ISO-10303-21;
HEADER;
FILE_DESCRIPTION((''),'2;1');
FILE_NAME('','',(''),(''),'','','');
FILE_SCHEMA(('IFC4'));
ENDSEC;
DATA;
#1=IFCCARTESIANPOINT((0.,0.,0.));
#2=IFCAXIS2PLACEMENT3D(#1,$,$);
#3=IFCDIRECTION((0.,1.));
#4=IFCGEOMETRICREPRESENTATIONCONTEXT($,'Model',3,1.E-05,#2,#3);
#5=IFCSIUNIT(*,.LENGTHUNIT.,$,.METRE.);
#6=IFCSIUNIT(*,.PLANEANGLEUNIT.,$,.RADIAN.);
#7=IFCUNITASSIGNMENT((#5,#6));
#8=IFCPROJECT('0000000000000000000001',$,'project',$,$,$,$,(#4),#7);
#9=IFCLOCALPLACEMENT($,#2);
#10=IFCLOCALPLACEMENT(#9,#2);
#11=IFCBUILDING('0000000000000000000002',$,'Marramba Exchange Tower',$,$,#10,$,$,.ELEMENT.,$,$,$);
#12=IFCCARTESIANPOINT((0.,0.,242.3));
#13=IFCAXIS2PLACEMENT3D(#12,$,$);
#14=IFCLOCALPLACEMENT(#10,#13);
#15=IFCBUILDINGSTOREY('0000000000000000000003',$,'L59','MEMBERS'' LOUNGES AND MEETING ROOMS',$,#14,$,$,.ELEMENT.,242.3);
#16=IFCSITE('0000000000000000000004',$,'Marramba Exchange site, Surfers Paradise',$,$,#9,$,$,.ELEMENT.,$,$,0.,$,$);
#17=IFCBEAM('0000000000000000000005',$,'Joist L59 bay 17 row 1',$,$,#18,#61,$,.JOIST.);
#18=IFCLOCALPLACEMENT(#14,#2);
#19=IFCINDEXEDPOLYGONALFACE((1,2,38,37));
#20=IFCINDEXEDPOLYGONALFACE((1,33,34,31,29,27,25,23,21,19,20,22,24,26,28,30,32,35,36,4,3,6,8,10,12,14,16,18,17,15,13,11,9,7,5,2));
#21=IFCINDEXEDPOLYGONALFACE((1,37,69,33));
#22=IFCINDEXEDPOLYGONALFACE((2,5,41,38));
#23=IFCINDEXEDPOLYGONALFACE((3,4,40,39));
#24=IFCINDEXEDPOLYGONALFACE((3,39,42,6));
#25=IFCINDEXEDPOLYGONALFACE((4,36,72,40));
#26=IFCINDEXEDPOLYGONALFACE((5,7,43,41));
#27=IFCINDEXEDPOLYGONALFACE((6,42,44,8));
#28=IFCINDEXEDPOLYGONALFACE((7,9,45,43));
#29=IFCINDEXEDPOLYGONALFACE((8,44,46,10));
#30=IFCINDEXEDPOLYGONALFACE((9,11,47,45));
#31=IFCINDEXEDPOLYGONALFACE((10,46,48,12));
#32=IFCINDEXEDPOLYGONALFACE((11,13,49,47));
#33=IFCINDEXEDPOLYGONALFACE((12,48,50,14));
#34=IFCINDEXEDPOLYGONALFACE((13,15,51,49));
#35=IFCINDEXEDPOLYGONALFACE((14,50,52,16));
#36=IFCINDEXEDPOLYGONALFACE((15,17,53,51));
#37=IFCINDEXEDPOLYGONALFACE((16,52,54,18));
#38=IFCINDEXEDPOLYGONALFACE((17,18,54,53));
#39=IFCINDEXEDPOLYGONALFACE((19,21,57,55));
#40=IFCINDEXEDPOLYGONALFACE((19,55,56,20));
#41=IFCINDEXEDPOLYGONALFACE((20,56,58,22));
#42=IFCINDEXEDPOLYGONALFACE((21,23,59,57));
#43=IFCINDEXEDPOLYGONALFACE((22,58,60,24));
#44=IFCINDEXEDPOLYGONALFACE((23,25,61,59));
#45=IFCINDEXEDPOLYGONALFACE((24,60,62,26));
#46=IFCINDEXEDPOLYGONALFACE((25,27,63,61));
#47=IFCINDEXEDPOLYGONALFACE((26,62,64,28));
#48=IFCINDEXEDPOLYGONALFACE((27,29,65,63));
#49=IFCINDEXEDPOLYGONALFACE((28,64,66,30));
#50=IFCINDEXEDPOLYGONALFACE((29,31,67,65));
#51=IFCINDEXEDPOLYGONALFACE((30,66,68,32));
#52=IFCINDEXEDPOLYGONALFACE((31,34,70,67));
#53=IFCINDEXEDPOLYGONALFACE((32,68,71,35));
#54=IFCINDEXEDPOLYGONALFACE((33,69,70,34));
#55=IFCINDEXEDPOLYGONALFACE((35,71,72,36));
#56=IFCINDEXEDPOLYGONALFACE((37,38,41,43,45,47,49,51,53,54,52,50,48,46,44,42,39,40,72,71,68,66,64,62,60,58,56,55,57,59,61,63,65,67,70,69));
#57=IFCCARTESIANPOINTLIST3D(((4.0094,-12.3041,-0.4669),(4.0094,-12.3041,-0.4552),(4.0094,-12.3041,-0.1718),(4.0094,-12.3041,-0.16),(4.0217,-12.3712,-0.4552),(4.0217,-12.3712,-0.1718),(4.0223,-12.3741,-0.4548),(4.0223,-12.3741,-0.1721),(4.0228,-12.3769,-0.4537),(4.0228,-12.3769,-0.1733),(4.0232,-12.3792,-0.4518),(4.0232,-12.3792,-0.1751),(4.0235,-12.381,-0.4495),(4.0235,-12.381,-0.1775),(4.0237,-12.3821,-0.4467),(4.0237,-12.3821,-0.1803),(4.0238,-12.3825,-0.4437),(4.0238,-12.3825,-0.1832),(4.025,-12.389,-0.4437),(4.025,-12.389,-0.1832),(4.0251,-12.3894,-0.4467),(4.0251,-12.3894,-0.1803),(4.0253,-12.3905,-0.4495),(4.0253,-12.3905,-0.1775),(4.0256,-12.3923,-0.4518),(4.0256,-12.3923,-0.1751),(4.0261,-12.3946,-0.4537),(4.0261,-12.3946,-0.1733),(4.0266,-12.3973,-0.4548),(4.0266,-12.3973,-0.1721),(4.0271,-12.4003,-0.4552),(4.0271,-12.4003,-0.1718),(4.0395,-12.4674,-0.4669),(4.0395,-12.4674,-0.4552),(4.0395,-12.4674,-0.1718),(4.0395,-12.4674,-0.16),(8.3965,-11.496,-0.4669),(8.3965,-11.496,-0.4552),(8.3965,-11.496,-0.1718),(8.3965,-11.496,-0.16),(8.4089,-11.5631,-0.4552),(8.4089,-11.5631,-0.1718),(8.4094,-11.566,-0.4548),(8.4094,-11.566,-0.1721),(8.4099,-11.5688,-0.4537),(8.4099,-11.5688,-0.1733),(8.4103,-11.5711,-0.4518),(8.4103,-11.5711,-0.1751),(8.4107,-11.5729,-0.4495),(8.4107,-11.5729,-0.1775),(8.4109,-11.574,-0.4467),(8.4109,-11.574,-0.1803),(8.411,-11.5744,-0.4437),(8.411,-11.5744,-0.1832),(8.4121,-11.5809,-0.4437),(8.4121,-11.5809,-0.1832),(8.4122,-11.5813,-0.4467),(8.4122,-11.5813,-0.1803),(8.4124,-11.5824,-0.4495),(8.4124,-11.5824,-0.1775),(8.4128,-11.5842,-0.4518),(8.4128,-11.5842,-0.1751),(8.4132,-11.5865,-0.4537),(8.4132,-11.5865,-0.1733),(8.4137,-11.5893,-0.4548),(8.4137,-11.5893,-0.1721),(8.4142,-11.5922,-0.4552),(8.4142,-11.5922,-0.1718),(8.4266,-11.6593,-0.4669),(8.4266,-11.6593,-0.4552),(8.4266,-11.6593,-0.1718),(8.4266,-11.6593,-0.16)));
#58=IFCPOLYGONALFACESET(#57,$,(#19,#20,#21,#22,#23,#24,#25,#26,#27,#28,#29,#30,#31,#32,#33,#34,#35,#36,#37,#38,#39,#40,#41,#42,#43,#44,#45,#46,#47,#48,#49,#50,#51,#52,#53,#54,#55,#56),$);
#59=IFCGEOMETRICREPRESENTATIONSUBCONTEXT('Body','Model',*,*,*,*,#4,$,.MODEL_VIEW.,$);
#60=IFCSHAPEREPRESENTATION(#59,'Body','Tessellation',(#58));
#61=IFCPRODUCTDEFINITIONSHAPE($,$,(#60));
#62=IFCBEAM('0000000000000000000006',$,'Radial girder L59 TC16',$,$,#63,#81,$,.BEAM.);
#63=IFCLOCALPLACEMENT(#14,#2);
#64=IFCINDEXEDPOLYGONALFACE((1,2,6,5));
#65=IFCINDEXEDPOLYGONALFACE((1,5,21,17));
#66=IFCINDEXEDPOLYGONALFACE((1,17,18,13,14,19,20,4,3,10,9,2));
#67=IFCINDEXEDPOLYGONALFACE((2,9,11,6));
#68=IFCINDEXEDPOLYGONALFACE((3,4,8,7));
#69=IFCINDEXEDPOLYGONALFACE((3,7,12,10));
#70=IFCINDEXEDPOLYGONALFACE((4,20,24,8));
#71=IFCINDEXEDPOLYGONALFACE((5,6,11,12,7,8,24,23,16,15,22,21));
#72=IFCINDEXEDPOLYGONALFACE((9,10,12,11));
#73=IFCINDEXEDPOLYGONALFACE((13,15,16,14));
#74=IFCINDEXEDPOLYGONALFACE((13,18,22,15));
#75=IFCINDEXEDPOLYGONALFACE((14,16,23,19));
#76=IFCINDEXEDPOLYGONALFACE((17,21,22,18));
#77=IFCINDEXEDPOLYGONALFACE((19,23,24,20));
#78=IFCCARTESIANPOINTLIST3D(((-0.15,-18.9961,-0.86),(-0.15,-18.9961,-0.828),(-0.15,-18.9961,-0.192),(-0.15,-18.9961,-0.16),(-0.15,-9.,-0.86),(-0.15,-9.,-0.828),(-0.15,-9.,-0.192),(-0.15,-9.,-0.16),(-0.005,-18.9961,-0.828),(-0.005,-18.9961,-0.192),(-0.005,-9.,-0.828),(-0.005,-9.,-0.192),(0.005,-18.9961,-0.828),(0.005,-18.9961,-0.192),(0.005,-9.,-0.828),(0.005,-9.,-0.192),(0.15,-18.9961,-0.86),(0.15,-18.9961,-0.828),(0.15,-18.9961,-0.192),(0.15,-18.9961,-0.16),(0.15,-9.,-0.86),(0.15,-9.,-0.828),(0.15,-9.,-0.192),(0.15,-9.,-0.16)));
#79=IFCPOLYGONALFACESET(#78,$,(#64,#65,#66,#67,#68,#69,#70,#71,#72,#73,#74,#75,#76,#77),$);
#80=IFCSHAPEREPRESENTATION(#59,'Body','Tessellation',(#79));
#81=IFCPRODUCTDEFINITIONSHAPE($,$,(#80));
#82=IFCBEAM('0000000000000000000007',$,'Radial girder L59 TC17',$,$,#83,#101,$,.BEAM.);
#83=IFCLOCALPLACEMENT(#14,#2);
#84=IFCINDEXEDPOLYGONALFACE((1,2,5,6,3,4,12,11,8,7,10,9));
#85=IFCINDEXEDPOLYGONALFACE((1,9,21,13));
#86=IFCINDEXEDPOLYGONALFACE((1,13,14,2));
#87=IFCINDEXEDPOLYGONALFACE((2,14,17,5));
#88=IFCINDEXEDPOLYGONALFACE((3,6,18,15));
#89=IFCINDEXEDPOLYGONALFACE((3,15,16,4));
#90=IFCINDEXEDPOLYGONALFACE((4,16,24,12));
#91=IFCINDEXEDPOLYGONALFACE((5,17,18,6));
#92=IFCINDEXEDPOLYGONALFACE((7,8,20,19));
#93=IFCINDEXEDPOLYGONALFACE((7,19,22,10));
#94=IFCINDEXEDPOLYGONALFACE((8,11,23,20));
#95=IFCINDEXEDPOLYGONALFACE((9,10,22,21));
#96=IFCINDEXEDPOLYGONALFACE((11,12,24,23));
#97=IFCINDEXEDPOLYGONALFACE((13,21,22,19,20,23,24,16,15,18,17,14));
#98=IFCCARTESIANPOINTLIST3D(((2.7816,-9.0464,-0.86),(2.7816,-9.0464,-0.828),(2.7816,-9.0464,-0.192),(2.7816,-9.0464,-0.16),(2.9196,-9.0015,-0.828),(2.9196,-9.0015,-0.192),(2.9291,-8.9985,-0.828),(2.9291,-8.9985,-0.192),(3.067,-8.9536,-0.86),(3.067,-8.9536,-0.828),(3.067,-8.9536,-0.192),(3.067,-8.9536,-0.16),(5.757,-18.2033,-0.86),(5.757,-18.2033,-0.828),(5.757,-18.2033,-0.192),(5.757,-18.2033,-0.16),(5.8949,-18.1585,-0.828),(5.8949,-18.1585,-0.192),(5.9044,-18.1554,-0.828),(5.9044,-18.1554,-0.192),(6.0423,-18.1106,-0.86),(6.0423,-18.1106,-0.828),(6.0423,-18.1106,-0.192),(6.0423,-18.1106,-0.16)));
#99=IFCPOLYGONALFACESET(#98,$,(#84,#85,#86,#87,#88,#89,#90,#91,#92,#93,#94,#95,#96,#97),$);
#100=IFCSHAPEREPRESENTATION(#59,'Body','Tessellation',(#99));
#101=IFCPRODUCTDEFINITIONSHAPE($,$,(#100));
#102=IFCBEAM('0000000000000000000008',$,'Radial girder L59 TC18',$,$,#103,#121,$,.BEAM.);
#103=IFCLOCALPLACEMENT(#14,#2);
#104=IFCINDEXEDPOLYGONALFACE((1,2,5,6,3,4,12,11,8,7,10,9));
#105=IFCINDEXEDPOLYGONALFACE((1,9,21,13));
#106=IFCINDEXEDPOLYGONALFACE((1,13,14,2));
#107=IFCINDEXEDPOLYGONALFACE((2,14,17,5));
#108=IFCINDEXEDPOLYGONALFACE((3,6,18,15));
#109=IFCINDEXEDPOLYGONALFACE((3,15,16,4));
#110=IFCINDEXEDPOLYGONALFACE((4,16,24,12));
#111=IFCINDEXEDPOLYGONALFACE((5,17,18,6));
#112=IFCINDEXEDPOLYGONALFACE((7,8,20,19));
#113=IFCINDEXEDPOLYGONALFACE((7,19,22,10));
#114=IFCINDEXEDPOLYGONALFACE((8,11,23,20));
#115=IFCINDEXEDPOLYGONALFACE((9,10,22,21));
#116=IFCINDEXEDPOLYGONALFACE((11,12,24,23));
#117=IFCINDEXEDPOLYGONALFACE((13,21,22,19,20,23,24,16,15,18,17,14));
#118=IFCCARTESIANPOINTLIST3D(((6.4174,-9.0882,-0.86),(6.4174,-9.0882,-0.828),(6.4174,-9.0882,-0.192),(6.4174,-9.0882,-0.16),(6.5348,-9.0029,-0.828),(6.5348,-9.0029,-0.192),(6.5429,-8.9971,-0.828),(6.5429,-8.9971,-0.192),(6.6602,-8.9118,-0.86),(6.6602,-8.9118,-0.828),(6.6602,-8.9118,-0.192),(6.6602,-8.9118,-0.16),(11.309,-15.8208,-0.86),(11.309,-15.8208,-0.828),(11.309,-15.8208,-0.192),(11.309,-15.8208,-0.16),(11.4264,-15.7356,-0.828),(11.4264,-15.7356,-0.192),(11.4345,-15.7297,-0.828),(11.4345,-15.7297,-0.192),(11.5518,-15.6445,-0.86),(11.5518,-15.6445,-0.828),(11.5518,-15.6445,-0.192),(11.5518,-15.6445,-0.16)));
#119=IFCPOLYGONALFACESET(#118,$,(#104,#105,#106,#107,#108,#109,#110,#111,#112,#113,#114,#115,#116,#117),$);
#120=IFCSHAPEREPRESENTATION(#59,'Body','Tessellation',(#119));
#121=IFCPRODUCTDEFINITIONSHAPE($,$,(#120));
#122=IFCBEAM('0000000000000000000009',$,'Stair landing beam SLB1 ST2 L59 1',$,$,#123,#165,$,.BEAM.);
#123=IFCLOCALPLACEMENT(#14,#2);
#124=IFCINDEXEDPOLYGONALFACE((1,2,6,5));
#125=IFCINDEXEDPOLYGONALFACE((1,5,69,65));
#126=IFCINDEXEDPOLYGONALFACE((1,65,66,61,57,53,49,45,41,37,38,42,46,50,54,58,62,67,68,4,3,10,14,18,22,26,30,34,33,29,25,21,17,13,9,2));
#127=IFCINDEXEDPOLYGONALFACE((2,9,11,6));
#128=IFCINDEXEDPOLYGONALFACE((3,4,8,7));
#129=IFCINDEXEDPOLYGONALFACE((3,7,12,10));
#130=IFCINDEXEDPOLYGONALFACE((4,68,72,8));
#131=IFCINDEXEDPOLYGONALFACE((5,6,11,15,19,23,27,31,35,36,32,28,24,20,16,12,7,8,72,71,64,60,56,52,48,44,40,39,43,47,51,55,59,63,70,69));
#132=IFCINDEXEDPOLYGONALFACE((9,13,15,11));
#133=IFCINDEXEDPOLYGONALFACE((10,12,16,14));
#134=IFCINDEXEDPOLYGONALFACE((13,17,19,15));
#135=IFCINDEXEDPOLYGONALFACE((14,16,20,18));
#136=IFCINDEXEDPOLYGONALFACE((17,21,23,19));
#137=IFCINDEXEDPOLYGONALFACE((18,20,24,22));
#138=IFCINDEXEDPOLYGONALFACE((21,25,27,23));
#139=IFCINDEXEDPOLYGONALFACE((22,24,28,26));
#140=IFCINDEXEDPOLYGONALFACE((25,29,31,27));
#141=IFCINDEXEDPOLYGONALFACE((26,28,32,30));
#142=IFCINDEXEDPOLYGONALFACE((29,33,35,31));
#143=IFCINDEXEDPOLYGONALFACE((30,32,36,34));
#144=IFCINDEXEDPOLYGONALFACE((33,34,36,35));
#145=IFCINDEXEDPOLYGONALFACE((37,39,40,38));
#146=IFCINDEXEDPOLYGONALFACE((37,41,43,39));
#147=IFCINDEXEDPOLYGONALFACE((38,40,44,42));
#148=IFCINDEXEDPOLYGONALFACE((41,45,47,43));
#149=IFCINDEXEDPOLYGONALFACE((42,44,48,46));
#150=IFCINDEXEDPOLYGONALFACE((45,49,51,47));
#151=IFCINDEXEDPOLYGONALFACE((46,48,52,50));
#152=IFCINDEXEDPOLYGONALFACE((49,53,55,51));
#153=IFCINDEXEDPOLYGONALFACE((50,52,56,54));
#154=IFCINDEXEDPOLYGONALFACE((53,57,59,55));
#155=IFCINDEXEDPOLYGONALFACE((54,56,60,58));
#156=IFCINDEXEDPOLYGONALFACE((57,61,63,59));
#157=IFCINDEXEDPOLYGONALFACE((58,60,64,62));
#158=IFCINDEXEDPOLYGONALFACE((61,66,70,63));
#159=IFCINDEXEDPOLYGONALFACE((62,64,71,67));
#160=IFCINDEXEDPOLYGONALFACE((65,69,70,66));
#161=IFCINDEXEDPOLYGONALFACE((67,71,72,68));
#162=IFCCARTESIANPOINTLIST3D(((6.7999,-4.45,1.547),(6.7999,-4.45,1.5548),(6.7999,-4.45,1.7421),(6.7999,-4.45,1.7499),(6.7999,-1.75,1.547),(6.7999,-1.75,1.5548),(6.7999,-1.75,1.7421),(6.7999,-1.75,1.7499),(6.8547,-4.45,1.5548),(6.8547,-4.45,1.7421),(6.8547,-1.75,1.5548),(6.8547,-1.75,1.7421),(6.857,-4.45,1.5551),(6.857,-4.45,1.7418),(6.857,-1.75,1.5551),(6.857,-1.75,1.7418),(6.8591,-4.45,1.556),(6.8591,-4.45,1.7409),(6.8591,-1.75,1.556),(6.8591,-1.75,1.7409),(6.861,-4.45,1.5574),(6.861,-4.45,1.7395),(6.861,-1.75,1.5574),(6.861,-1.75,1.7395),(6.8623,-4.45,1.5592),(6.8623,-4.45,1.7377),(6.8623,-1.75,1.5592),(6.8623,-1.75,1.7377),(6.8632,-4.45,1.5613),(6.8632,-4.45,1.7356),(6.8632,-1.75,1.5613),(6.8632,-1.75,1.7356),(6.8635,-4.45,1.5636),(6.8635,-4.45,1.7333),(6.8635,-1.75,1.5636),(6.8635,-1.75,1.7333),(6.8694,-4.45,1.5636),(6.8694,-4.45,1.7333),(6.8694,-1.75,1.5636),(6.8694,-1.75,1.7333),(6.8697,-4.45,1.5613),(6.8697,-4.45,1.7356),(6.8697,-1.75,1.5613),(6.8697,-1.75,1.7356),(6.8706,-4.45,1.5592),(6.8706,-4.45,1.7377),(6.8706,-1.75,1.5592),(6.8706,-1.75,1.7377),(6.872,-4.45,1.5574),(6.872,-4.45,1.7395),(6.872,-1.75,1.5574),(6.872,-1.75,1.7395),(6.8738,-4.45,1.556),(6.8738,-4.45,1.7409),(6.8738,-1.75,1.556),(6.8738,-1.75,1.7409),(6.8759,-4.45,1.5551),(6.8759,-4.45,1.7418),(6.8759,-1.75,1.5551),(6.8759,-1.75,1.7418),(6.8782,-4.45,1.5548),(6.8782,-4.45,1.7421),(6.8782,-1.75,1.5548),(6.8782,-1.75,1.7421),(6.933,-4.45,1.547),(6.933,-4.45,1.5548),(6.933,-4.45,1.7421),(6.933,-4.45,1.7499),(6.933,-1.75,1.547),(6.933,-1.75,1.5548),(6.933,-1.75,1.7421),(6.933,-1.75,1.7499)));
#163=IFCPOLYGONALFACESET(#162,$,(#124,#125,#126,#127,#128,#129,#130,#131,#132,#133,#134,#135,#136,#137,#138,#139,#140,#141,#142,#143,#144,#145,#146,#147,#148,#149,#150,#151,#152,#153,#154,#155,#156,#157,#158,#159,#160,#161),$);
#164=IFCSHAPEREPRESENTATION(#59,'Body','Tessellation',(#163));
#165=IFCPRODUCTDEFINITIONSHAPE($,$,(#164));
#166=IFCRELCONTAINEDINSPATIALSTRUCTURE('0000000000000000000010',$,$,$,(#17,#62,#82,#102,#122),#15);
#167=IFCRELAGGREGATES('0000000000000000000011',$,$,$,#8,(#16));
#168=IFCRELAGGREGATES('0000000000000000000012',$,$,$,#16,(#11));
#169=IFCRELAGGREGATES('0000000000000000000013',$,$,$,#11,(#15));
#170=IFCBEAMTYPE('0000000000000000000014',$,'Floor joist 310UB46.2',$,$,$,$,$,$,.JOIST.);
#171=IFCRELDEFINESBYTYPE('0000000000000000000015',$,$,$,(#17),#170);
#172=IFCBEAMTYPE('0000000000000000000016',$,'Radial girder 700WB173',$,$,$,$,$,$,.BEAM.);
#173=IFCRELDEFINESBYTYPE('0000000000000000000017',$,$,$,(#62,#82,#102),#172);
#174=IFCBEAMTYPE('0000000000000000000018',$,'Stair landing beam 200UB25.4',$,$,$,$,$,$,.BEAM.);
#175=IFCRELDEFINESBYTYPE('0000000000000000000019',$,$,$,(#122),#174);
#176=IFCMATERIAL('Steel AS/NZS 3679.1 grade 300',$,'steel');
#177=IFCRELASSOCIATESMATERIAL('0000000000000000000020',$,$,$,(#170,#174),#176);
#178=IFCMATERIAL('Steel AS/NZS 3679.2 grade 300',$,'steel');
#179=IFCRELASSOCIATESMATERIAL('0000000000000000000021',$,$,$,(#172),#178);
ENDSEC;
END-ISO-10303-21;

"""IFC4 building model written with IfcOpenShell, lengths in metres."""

from ifc_helpers import new_model, si_unit, direction, frame, origin, origin_2d, place, context, subcontext, project, spatial, i_section, extrude, material, material_profile, profile_set, type_object, element, save


model = new_model("IFC4")

# Units and contexts
model_context = context("Model", 3, precision=1e-05, world=origin(), true_north=direction((0.0, 1.0)))
body_context = subcontext(model_context, "Body", "Model", "MODEL_VIEW")
ifc_project = project(units=[si_unit("LENGTHUNIT", "METRE"), si_unit("PLANEANGLEUNIT", "RADIAN")], contexts=[model_context])

# Site, building, storey
site_placement = place(None, origin())
site = spatial("IfcSite", under=ifc_project, at=site_placement, Name="Marramba Exchange site, Surfers Paradise", CompositionType="ELEMENT", RefElevation=0.0)
building_placement = place(site_placement, origin())
building = spatial("IfcBuilding", under=site, at=building_placement, Name="Marramba Exchange Tower", CompositionType="ELEMENT")
storey_placement = place(building_placement, frame((0.0, 0.0, 242.3)))
storey = spatial("IfcBuildingStorey", under=building, at=storey_placement, Name="L59", Description="MEMBERS' LOUNGES AND MEETING ROOMS", CompositionType="ELEMENT", Elevation=242.3)

# Beams
ifc_material_1 = material(Name="Steel AS/NZS 3679.1 grade 300", Category="steel")
ifc_material_profile_1 = material_profile(ifc_material_1, i_section(OverallWidth=0.166, OverallDepth=0.3069, WebThickness=0.0066, FlangeThickness=0.0117, FilletRadius=0.0115, at=origin_2d()), Name="310UB46.2")
ifc_profile_set_1 = profile_set([ifc_material_profile_1], Name="Steel AS/NZS 3679.1 grade 300")
beam_type_1 = type_object("IfcBeamType", Name="Floor joist 310UB46.2", PredefinedType="JOIST", material=ifc_profile_set_1)
beam_1_placement = place(storey_placement, frame((4.0244, -12.3857, -0.3135), z_axis=(0.983456, 0.181149, 0.0), x_axis=(-0.181149, 0.983456, 0.0)))
element("IfcBeam", 1, at=beam_1_placement, inside=storey, type_object=beam_type_1, Name="Joist L59 bay 17 row 1", PredefinedType="JOIST", context=body_context, shape_type="SweptSolid", body=[
    extrude(i_section(OverallWidth=0.166, OverallDepth=0.3069, WebThickness=0.0066, FlangeThickness=0.0117, FilletRadius=0.0115, at=origin_2d()), origin(), (0.0, 0.0, 1.0), 4.4609),
])
ifc_material_2 = material(Name="Steel AS/NZS 3679.2 grade 300", Category="steel")
ifc_material_profile_2 = material_profile(ifc_material_2, i_section(OverallWidth=0.3, OverallDepth=0.7, WebThickness=0.01, FlangeThickness=0.032, at=origin_2d()), Name="700WB173")
ifc_profile_set_2 = profile_set([ifc_material_profile_2], Name="Steel AS/NZS 3679.2 grade 300")
beam_type_2 = type_object("IfcBeamType", Name="Radial girder 700WB173", PredefinedType="BEAM", material=ifc_profile_set_2)
beam_2_placement = place(storey_placement, frame((0.0, -9.0, -0.51), z_axis=(0.0, -1.0, 0.0), x_axis=(1.0, 0.0, 0.0)))
element("IfcBeam", 2, at=beam_2_placement, inside=storey, type_object=beam_type_2, Name="Radial girder L59 TC16", PredefinedType="BEAM", context=body_context, shape_type="SweptSolid", body=[
    extrude(i_section(OverallWidth=0.3, OverallDepth=0.7, WebThickness=0.01, FlangeThickness=0.032, at=origin_2d()), origin(), (0.0, 0.0, 1.0), 9.9961),
])
beam_3_placement = place(storey_placement, frame((2.9243, -9.0, -0.51), z_axis=(0.309022, -0.951055, 0.0), x_axis=(0.951055, 0.309022, 0.0)))
element("IfcBeam", 3, at=beam_3_placement, inside=storey, type_object=beam_type_2, Name="Radial girder L59 TC17", PredefinedType="BEAM", context=body_context, shape_type="SweptSolid", body=[
    extrude(i_section(OverallWidth=0.3, OverallDepth=0.7, WebThickness=0.01, FlangeThickness=0.032, at=origin_2d()), origin(), (0.0, 0.0, 1.0), 9.6282),
])
beam_4_placement = place(storey_placement, frame((6.5388, -9.0, -0.51), z_axis=(0.587788, -0.809015, 0.0), x_axis=(0.809015, 0.587788, 0.0)))
element("IfcBeam", 4, at=beam_4_placement, inside=storey, type_object=beam_type_2, Name="Radial girder L59 TC18", PredefinedType="BEAM", context=body_context, shape_type="SweptSolid", body=[
    extrude(i_section(OverallWidth=0.3, OverallDepth=0.7, WebThickness=0.01, FlangeThickness=0.032, at=origin_2d()), origin(), (0.0, 0.0, 1.0), 8.322),
])
ifc_material_profile_3 = material_profile(ifc_material_1, i_section(OverallWidth=0.1331, OverallDepth=0.2029, WebThickness=0.0059, FlangeThickness=0.0078, FilletRadius=0.0088, at=origin_2d()), Name="200UB25.4")
ifc_profile_set_3 = profile_set([ifc_material_profile_3], Name="Steel AS/NZS 3679.1 grade 300")
beam_type_3 = type_object("IfcBeamType", Name="Stair landing beam 200UB25.4", PredefinedType="BEAM", material=ifc_profile_set_3)
for number, where, z_axis, x_axis, name in (
    (5, (6.8665, -4.45, 1.6484), (0.0, 1.0, 0.0), (-1.0, 0.0, 0.0), "Stair landing beam SLB1 ST2 L59 1"),
):
    element("IfcBeam", number, at=place(storey_placement, frame(where, z_axis=z_axis, x_axis=x_axis)), inside=storey, type_object=beam_type_3, Name=name, PredefinedType="BEAM", context=body_context, shape_type="SweptSolid", body=[
        extrude(i_section(OverallWidth=0.1331, OverallDepth=0.2029, WebThickness=0.0059, FlangeThickness=0.0078, FilletRadius=0.0088, at=origin_2d()), origin(), (0.0, 0.0, 1.0), 2.7),
    ])

save(model, "model.ifc")
